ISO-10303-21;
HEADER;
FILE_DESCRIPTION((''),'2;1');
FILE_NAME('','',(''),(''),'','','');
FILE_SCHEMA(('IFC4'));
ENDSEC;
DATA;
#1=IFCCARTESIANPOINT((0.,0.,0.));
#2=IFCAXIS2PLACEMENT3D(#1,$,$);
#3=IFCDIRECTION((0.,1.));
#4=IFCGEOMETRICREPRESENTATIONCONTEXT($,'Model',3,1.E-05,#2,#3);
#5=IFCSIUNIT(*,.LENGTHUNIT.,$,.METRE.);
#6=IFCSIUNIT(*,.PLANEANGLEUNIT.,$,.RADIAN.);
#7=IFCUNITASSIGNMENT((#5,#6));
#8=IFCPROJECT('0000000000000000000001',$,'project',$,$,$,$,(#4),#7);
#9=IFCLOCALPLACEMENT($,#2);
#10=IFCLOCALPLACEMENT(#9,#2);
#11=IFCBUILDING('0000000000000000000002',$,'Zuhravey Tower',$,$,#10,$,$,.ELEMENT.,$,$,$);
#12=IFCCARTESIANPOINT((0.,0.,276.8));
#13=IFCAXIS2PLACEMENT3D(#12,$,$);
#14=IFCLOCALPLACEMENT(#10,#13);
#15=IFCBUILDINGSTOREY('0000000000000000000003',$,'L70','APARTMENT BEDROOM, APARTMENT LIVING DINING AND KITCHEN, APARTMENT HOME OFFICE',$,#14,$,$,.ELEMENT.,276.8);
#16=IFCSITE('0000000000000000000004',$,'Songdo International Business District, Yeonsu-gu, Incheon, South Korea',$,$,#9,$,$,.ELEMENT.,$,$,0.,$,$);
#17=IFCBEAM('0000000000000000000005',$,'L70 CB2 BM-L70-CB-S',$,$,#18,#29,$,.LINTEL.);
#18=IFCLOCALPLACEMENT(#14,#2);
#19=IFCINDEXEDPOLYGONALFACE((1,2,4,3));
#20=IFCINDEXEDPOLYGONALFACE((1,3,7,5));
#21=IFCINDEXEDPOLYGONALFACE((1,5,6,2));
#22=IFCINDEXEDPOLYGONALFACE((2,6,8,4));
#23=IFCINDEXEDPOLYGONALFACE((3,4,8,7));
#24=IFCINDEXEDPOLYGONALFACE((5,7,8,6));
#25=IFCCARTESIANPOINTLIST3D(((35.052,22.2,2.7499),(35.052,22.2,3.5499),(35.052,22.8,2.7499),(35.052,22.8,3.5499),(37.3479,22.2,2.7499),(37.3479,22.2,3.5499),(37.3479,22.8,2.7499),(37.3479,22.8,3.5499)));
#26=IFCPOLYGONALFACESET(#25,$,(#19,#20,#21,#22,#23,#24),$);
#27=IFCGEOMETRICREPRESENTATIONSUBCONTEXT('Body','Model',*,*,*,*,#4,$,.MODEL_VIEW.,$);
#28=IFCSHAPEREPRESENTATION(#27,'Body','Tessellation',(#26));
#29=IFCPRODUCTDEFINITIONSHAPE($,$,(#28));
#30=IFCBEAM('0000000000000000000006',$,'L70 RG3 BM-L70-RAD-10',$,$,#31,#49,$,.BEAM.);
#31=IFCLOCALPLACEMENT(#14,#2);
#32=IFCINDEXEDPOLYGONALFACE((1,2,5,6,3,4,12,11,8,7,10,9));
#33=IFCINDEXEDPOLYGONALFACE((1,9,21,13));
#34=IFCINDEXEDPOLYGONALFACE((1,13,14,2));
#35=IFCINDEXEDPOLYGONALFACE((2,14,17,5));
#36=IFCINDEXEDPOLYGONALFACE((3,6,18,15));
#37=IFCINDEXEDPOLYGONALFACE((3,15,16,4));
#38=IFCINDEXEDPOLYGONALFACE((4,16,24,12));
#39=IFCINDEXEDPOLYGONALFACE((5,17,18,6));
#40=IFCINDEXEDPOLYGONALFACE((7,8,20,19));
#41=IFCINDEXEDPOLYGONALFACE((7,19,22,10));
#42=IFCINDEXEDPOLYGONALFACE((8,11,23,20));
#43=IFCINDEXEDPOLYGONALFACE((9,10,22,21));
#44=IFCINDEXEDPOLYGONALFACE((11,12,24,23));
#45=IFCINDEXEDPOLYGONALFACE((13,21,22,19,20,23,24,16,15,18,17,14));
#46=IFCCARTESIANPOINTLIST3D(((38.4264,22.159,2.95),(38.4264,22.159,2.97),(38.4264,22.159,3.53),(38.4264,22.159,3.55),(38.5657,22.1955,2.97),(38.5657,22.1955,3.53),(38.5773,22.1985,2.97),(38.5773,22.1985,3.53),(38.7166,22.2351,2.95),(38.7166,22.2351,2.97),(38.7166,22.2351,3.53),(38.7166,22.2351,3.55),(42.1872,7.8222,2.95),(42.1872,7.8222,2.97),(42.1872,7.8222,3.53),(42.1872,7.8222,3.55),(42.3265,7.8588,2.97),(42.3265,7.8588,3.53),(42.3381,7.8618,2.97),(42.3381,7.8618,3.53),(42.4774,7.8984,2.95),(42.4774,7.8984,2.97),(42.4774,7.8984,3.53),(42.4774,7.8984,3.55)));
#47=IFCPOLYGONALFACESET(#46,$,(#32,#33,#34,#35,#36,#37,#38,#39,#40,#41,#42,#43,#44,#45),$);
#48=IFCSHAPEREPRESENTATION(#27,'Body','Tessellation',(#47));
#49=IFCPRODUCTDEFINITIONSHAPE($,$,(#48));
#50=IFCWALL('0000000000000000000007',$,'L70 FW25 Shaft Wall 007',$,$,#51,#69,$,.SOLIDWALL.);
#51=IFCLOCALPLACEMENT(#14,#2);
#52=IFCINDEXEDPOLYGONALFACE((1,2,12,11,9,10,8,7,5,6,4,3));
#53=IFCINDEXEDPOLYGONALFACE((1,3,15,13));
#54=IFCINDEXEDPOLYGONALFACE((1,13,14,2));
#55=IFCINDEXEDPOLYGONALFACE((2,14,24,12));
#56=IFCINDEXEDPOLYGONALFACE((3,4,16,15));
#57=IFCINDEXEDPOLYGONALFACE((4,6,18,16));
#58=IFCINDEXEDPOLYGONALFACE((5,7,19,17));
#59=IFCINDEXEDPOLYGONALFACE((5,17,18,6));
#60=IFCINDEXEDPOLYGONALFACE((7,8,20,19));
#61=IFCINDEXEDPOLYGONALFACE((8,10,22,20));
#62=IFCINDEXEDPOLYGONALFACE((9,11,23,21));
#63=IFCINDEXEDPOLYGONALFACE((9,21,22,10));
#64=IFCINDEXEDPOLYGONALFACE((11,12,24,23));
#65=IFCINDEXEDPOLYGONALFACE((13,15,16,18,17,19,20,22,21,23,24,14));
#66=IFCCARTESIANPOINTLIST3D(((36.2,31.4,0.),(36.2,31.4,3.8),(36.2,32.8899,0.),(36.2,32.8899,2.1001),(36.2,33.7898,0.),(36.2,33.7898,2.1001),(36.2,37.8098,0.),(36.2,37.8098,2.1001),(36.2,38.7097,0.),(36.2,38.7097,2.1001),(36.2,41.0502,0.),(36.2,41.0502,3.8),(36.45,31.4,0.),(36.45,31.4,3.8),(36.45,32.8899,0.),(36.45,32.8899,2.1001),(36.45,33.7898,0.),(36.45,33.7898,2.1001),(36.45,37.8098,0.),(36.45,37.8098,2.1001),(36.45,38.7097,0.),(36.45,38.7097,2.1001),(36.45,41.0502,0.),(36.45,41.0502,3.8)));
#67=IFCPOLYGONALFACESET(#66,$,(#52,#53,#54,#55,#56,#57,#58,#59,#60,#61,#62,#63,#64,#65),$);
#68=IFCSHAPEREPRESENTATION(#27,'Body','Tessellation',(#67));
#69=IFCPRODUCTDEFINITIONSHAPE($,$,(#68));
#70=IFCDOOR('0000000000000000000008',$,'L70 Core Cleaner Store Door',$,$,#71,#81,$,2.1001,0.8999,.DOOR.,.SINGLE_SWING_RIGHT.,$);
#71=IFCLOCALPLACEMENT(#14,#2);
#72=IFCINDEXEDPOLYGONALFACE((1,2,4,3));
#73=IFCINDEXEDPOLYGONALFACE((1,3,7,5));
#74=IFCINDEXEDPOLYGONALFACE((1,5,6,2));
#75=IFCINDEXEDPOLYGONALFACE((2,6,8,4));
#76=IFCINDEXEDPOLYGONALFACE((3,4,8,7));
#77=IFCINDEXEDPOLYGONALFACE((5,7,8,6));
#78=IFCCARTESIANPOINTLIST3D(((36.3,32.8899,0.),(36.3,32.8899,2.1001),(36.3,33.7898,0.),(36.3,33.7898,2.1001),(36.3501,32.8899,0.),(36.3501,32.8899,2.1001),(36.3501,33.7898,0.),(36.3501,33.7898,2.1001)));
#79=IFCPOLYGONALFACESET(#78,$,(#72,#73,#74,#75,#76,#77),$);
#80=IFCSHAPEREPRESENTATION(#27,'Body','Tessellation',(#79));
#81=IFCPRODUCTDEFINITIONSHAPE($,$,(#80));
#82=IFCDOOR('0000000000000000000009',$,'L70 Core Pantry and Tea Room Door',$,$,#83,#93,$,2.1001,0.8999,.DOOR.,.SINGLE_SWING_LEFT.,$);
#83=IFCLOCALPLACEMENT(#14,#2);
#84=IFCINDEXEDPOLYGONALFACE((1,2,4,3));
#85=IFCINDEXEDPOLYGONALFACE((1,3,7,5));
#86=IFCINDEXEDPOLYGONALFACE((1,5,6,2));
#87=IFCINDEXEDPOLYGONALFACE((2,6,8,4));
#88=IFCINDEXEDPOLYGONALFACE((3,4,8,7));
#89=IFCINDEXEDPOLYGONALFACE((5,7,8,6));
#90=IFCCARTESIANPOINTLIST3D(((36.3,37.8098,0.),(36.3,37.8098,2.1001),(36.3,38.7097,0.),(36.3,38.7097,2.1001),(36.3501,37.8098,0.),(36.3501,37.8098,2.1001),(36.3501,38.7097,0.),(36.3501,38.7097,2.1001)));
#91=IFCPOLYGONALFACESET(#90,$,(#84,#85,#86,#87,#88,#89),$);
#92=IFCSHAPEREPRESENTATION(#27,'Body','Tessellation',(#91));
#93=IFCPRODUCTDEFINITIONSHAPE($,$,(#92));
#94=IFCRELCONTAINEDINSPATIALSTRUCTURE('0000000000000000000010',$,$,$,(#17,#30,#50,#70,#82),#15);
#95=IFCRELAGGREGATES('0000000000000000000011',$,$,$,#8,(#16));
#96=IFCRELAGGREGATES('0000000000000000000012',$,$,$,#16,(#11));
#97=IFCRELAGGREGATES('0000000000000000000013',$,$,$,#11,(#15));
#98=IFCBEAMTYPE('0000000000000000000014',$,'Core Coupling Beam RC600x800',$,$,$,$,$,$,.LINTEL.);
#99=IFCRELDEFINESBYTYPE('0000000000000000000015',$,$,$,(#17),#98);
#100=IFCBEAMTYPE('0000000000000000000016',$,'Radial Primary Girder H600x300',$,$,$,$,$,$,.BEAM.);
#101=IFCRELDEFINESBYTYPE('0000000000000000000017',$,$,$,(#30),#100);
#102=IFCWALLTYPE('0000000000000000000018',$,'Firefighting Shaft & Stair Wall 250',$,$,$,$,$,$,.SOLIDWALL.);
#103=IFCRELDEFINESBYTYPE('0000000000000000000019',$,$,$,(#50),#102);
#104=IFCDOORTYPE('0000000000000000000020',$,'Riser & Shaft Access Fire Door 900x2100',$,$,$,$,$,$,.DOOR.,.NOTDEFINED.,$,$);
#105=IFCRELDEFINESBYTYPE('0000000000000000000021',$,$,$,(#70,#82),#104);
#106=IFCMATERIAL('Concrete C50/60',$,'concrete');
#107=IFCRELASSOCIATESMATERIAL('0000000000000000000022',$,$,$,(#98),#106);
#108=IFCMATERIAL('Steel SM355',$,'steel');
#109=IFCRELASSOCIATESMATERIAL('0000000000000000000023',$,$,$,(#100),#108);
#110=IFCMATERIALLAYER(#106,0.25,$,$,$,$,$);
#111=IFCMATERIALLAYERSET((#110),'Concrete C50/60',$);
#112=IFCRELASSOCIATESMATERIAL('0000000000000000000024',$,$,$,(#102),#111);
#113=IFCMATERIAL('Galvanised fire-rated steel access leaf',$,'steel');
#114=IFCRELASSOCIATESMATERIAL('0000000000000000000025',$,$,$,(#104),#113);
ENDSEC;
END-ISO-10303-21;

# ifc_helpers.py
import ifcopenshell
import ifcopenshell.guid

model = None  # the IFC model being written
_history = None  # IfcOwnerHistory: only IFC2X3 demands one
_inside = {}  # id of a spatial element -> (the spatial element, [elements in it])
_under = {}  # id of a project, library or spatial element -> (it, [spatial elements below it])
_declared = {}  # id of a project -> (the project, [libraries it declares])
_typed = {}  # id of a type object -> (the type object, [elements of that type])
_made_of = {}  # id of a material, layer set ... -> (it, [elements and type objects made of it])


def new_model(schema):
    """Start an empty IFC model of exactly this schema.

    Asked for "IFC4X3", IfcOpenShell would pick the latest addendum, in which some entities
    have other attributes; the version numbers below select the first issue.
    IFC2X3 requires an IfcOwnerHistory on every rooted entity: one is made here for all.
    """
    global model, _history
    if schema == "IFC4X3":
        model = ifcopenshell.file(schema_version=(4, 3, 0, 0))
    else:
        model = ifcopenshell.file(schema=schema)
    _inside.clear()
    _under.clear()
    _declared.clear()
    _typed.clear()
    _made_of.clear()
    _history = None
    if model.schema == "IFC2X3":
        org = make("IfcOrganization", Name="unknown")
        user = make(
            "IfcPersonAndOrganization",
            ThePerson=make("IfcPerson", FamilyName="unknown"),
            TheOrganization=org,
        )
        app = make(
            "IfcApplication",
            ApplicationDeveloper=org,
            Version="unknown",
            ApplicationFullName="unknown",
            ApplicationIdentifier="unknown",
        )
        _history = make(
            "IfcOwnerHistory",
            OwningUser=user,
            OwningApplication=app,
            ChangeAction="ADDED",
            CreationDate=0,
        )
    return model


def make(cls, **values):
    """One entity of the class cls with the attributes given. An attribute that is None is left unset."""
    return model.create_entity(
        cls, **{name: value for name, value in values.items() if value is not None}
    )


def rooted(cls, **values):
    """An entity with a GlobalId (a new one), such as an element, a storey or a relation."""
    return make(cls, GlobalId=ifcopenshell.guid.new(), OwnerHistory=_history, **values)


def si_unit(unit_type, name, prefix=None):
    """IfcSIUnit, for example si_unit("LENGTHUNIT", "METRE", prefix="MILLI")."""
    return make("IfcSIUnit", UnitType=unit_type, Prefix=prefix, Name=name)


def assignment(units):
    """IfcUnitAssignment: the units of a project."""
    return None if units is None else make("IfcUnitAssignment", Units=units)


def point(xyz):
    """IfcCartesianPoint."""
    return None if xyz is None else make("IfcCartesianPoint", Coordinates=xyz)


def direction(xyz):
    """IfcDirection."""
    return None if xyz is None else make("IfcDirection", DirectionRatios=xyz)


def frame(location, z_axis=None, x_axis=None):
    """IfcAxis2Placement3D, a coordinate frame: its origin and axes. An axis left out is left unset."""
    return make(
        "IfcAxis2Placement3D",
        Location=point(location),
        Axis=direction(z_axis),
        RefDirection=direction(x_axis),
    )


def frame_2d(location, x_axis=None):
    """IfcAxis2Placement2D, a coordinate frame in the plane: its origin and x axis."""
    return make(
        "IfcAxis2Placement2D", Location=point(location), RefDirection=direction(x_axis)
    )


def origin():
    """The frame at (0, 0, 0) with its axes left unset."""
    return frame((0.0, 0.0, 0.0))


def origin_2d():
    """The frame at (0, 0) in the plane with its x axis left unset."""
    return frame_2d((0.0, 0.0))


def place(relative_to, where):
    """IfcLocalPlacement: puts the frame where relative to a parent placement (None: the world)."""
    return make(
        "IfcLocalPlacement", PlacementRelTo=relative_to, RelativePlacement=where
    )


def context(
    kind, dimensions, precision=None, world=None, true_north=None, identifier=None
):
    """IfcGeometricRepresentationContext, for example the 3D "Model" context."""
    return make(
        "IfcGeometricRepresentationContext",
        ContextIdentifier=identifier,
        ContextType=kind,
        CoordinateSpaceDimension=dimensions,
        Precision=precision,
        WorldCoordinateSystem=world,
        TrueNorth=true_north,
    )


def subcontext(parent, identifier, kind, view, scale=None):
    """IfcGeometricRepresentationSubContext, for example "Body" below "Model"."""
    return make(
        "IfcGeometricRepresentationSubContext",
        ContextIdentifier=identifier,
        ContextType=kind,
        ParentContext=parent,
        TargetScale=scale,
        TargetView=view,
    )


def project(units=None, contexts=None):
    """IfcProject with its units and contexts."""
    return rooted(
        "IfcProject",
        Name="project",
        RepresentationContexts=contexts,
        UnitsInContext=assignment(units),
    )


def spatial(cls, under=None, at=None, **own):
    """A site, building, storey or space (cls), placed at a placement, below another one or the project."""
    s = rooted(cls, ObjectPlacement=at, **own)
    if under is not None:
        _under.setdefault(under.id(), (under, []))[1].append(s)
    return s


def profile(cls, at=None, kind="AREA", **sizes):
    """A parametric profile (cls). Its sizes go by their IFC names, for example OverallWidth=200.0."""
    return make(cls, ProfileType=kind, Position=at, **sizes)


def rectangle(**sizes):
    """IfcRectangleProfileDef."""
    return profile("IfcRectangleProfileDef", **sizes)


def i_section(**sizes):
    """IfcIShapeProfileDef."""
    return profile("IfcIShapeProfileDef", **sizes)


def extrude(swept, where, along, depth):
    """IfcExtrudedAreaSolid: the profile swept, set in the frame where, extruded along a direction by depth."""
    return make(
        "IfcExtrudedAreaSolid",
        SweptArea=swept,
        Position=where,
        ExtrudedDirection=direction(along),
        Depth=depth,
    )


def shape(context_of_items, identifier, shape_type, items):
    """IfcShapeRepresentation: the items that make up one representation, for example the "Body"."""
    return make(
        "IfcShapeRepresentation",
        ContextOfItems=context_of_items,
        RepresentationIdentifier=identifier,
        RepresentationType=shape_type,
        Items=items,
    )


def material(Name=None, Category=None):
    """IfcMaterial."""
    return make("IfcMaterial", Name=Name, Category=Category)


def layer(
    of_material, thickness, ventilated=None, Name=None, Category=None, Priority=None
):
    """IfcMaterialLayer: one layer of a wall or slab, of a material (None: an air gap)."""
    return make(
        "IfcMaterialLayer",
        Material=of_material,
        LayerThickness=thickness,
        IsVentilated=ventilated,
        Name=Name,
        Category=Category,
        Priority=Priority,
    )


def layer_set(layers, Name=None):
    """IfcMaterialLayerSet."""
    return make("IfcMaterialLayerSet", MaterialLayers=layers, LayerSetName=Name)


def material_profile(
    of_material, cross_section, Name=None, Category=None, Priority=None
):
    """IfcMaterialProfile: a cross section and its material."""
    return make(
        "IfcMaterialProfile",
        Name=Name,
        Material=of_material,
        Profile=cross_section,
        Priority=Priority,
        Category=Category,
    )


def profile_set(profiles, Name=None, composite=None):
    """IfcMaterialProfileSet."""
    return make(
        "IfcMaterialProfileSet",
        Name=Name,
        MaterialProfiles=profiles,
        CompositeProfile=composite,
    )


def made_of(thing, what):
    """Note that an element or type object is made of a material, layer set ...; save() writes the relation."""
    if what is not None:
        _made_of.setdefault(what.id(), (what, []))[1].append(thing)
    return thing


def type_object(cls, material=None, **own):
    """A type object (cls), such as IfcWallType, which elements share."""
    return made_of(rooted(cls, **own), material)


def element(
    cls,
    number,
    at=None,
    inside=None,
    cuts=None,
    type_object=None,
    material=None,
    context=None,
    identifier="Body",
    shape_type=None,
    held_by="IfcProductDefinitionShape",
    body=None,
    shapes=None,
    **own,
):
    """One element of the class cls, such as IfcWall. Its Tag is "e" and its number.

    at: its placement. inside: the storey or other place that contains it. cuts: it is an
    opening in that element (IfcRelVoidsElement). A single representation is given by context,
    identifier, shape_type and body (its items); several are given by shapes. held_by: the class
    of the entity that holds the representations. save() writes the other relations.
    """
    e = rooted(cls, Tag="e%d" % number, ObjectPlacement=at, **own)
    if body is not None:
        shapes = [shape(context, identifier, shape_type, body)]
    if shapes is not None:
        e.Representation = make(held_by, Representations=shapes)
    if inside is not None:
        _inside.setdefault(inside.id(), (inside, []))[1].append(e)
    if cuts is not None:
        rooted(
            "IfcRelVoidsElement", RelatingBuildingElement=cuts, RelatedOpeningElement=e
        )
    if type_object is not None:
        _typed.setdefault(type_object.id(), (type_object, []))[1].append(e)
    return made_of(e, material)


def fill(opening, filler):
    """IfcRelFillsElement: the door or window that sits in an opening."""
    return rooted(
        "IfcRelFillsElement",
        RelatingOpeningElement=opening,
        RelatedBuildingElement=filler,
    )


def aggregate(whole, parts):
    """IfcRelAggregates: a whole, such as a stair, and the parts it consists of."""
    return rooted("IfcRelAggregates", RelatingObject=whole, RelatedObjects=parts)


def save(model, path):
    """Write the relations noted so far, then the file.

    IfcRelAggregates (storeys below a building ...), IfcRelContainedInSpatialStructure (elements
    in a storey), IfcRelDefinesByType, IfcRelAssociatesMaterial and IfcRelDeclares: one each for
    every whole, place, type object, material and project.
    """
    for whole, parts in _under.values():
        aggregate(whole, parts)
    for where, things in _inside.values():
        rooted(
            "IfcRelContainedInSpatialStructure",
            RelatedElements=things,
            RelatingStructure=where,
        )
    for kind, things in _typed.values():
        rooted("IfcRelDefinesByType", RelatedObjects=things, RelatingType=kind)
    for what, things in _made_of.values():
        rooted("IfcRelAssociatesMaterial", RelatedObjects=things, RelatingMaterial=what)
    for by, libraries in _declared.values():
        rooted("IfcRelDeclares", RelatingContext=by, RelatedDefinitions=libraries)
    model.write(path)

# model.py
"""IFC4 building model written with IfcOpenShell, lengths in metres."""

from ifc_helpers import new_model, si_unit, direction, frame, frame_2d, origin, origin_2d, place, context, subcontext, project, spatial, rectangle, i_section, extrude, material, layer, layer_set, material_profile, profile_set, type_object, element, fill, save


model = new_model("IFC4")

# Units and contexts
model_context = context("Model", 3, precision=1e-05, world=origin(), true_north=direction((0.0, 1.0)))
body_context = subcontext(model_context, "Body", "Model", "MODEL_VIEW")
ifc_project = project(units=[si_unit("LENGTHUNIT", "METRE"), si_unit("PLANEANGLEUNIT", "RADIAN")], contexts=[model_context])

# Site, building, storey
site_placement = place(None, origin())
site = spatial("IfcSite", under=ifc_project, at=site_placement, Name="Songdo International Business District, Yeonsu-gu, Incheon, South Korea", CompositionType="ELEMENT", RefElevation=0.0)
building_placement = place(site_placement, origin())
building = spatial("IfcBuilding", under=site, at=building_placement, Name="Zuhravey Tower", CompositionType="ELEMENT")
storey_placement = place(building_placement, frame((0.0, 0.0, 276.8)))
storey = spatial("IfcBuildingStorey", under=building, at=storey_placement, Name="L70", Description="APARTMENT BEDROOM, APARTMENT LIVING DINING AND KITCHEN, APARTMENT HOME OFFICE", CompositionType="ELEMENT", Elevation=276.8)

# Beams
ifc_material_1 = material(Name="Concrete C50/60", Category="concrete")
ifc_material_profile_1 = material_profile(ifc_material_1, rectangle(XDim=0.6001, YDim=0.8, at=origin_2d()), Name="RC-600x800")
ifc_profile_set_1 = profile_set([ifc_material_profile_1], Name="Concrete C50/60")
beam_type_1 = type_object("IfcBeamType", Name="Core Coupling Beam RC600x800", PredefinedType="LINTEL", material=ifc_profile_set_1)
beam_1_placement = place(storey_placement, frame((35.052, 22.5, 3.1499), z_axis=(1.0, 0.0, 0.0), x_axis=(0.0, 1.0, 0.0)))
element("IfcBeam", 1, at=beam_1_placement, inside=storey, type_object=beam_type_1, Name="L70 CB2 BM-L70-CB-S", PredefinedType="LINTEL", context=body_context, shape_type="SweptSolid", body=[
    extrude(rectangle(XDim=0.6001, YDim=0.8, at=origin_2d()), origin(), (0.0, 0.0, 1.0), 2.2959),
])
ifc_material_2 = material(Name="Steel SM355", Category="steel")
ifc_material_profile_2 = material_profile(ifc_material_2, i_section(OverallWidth=0.3, OverallDepth=0.6001, WebThickness=0.012, FlangeThickness=0.02, at=origin_2d()), Name="H-600x300x12x20")
ifc_profile_set_2 = profile_set([ifc_material_profile_2], Name="Steel SM355")
beam_type_2 = type_object("IfcBeamType", Name="Radial Primary Girder H600x300", PredefinedType="BEAM", material=ifc_profile_set_2)
beam_2_placement = place(storey_placement, frame((38.5715, 22.197, 3.25), z_axis=(0.253732, -0.967275, 0.0), x_axis=(0.967275, 0.253732, 0.0)))
element("IfcBeam", 2, at=beam_2_placement, inside=storey, type_object=beam_type_2, Name="L70 RG3 BM-L70-RAD-10", PredefinedType="BEAM", context=body_context, shape_type="SweptSolid", body=[
    extrude(i_section(OverallWidth=0.3, OverallDepth=0.6001, WebThickness=0.012, FlangeThickness=0.02, at=origin_2d()), origin(), (0.0, 0.0, 1.0), 14.8218),
])

# Shared definitions
ifc_layer_1 = layer(ifc_material_1, 0.25)
ifc_layer_set_1 = layer_set([ifc_layer_1], Name="Concrete C50/60")
wall_type_1 = type_object("IfcWallType", Name="Firefighting Shaft & Stair Wall 250", PredefinedType="SOLIDWALL", material=ifc_layer_set_1)

# Wall, openings, doors
wall_1_placement = place(storey_placement, frame((36.325, 31.3999, 0.0), z_axis=(0.0, 0.0, 1.0), x_axis=(0.0, 1.0, 0.0)))
wall_1 = element("IfcWall", 3, at=wall_1_placement, inside=storey, type_object=wall_type_1, Name="L70 FW25 Shaft Wall 007", PredefinedType="SOLIDWALL", context=body_context, shape_type="SweptSolid", body=[
    extrude(rectangle(XDim=9.6501, YDim=0.25, at=frame_2d((4.8252, 0.0))), origin(), (0.0, 0.0, 1.0), 3.8),
])
opening_1_placement = place(wall_1_placement, frame((1.49, 0.0, 0.0)))
opening_1 = element("IfcOpeningElement", 4, at=opening_1_placement, cuts=wall_1, PredefinedType="OPENING", context=body_context, shape_type="SweptSolid", body=[
    extrude(rectangle(XDim=0.8999, YDim=2.1001, at=frame_2d((0.45, 1.05))), frame((0.0, 0.137, 0.0), z_axis=(0.0, -1.0, 0.0), x_axis=(1.0, 0.0, 0.0)), (0.0, 0.0, 1.0), 0.2739),
])
opening_2_placement = place(wall_1_placement, frame((6.4099, 0.0, 0.0)))
opening_2 = element("IfcOpeningElement", 5, at=opening_2_placement, cuts=wall_1, PredefinedType="OPENING", context=body_context, shape_type="SweptSolid", body=[
    extrude(rectangle(XDim=0.8999, YDim=2.1001, at=frame_2d((0.45, 1.05))), frame((0.0, 0.137, 0.0), z_axis=(0.0, -1.0, 0.0), x_axis=(1.0, 0.0, 0.0)), (0.0, 0.0, 1.0), 0.2739),
])
ifc_material_3 = material(Name="Galvanised fire-rated steel access leaf", Category="steel")
door_type_1 = type_object("IfcDoorType", Name="Riser & Shaft Access Fire Door 900x2100", OperationType="NOTDEFINED", PredefinedType="DOOR", material=ifc_material_3)
door_1_placement = place(opening_1_placement, origin())
door_1 = element("IfcDoor", 6, at=door_1_placement, inside=storey, type_object=door_type_1, Name="L70 Core Cleaner Store Door", OperationType="SINGLE_SWING_RIGHT", OverallHeight=2.1001, OverallWidth=0.8999, PredefinedType="DOOR", context=body_context, shape_type="SweptSolid", body=[
    extrude(rectangle(XDim=0.8999, YDim=2.1001, at=frame_2d((0.45, 1.05))), frame((0.0, 0.0249, 0.0), z_axis=(0.0, -1.0, 0.0), x_axis=(1.0, 0.0, 0.0)), (0.0, 0.0, 1.0), 0.05),
])
fill(opening_1, door_1)
door_2_placement = place(opening_2_placement, origin())
door_2 = element("IfcDoor", 7, at=door_2_placement, inside=storey, type_object=door_type_1, Name="L70 Core Pantry and Tea Room Door", OperationType="SINGLE_SWING_LEFT", OverallHeight=2.1001, OverallWidth=0.8999, PredefinedType="DOOR", context=body_context, shape_type="SweptSolid", body=[
    extrude(rectangle(XDim=0.8999, YDim=2.1001, at=frame_2d((0.45, 1.05))), frame((0.0, 0.0249, 0.0), z_axis=(0.0, -1.0, 0.0), x_axis=(1.0, 0.0, 0.0)), (0.0, 0.0, 1.0), 0.05),
])
fill(opening_2, door_2)

save(model, "model.ifc")
